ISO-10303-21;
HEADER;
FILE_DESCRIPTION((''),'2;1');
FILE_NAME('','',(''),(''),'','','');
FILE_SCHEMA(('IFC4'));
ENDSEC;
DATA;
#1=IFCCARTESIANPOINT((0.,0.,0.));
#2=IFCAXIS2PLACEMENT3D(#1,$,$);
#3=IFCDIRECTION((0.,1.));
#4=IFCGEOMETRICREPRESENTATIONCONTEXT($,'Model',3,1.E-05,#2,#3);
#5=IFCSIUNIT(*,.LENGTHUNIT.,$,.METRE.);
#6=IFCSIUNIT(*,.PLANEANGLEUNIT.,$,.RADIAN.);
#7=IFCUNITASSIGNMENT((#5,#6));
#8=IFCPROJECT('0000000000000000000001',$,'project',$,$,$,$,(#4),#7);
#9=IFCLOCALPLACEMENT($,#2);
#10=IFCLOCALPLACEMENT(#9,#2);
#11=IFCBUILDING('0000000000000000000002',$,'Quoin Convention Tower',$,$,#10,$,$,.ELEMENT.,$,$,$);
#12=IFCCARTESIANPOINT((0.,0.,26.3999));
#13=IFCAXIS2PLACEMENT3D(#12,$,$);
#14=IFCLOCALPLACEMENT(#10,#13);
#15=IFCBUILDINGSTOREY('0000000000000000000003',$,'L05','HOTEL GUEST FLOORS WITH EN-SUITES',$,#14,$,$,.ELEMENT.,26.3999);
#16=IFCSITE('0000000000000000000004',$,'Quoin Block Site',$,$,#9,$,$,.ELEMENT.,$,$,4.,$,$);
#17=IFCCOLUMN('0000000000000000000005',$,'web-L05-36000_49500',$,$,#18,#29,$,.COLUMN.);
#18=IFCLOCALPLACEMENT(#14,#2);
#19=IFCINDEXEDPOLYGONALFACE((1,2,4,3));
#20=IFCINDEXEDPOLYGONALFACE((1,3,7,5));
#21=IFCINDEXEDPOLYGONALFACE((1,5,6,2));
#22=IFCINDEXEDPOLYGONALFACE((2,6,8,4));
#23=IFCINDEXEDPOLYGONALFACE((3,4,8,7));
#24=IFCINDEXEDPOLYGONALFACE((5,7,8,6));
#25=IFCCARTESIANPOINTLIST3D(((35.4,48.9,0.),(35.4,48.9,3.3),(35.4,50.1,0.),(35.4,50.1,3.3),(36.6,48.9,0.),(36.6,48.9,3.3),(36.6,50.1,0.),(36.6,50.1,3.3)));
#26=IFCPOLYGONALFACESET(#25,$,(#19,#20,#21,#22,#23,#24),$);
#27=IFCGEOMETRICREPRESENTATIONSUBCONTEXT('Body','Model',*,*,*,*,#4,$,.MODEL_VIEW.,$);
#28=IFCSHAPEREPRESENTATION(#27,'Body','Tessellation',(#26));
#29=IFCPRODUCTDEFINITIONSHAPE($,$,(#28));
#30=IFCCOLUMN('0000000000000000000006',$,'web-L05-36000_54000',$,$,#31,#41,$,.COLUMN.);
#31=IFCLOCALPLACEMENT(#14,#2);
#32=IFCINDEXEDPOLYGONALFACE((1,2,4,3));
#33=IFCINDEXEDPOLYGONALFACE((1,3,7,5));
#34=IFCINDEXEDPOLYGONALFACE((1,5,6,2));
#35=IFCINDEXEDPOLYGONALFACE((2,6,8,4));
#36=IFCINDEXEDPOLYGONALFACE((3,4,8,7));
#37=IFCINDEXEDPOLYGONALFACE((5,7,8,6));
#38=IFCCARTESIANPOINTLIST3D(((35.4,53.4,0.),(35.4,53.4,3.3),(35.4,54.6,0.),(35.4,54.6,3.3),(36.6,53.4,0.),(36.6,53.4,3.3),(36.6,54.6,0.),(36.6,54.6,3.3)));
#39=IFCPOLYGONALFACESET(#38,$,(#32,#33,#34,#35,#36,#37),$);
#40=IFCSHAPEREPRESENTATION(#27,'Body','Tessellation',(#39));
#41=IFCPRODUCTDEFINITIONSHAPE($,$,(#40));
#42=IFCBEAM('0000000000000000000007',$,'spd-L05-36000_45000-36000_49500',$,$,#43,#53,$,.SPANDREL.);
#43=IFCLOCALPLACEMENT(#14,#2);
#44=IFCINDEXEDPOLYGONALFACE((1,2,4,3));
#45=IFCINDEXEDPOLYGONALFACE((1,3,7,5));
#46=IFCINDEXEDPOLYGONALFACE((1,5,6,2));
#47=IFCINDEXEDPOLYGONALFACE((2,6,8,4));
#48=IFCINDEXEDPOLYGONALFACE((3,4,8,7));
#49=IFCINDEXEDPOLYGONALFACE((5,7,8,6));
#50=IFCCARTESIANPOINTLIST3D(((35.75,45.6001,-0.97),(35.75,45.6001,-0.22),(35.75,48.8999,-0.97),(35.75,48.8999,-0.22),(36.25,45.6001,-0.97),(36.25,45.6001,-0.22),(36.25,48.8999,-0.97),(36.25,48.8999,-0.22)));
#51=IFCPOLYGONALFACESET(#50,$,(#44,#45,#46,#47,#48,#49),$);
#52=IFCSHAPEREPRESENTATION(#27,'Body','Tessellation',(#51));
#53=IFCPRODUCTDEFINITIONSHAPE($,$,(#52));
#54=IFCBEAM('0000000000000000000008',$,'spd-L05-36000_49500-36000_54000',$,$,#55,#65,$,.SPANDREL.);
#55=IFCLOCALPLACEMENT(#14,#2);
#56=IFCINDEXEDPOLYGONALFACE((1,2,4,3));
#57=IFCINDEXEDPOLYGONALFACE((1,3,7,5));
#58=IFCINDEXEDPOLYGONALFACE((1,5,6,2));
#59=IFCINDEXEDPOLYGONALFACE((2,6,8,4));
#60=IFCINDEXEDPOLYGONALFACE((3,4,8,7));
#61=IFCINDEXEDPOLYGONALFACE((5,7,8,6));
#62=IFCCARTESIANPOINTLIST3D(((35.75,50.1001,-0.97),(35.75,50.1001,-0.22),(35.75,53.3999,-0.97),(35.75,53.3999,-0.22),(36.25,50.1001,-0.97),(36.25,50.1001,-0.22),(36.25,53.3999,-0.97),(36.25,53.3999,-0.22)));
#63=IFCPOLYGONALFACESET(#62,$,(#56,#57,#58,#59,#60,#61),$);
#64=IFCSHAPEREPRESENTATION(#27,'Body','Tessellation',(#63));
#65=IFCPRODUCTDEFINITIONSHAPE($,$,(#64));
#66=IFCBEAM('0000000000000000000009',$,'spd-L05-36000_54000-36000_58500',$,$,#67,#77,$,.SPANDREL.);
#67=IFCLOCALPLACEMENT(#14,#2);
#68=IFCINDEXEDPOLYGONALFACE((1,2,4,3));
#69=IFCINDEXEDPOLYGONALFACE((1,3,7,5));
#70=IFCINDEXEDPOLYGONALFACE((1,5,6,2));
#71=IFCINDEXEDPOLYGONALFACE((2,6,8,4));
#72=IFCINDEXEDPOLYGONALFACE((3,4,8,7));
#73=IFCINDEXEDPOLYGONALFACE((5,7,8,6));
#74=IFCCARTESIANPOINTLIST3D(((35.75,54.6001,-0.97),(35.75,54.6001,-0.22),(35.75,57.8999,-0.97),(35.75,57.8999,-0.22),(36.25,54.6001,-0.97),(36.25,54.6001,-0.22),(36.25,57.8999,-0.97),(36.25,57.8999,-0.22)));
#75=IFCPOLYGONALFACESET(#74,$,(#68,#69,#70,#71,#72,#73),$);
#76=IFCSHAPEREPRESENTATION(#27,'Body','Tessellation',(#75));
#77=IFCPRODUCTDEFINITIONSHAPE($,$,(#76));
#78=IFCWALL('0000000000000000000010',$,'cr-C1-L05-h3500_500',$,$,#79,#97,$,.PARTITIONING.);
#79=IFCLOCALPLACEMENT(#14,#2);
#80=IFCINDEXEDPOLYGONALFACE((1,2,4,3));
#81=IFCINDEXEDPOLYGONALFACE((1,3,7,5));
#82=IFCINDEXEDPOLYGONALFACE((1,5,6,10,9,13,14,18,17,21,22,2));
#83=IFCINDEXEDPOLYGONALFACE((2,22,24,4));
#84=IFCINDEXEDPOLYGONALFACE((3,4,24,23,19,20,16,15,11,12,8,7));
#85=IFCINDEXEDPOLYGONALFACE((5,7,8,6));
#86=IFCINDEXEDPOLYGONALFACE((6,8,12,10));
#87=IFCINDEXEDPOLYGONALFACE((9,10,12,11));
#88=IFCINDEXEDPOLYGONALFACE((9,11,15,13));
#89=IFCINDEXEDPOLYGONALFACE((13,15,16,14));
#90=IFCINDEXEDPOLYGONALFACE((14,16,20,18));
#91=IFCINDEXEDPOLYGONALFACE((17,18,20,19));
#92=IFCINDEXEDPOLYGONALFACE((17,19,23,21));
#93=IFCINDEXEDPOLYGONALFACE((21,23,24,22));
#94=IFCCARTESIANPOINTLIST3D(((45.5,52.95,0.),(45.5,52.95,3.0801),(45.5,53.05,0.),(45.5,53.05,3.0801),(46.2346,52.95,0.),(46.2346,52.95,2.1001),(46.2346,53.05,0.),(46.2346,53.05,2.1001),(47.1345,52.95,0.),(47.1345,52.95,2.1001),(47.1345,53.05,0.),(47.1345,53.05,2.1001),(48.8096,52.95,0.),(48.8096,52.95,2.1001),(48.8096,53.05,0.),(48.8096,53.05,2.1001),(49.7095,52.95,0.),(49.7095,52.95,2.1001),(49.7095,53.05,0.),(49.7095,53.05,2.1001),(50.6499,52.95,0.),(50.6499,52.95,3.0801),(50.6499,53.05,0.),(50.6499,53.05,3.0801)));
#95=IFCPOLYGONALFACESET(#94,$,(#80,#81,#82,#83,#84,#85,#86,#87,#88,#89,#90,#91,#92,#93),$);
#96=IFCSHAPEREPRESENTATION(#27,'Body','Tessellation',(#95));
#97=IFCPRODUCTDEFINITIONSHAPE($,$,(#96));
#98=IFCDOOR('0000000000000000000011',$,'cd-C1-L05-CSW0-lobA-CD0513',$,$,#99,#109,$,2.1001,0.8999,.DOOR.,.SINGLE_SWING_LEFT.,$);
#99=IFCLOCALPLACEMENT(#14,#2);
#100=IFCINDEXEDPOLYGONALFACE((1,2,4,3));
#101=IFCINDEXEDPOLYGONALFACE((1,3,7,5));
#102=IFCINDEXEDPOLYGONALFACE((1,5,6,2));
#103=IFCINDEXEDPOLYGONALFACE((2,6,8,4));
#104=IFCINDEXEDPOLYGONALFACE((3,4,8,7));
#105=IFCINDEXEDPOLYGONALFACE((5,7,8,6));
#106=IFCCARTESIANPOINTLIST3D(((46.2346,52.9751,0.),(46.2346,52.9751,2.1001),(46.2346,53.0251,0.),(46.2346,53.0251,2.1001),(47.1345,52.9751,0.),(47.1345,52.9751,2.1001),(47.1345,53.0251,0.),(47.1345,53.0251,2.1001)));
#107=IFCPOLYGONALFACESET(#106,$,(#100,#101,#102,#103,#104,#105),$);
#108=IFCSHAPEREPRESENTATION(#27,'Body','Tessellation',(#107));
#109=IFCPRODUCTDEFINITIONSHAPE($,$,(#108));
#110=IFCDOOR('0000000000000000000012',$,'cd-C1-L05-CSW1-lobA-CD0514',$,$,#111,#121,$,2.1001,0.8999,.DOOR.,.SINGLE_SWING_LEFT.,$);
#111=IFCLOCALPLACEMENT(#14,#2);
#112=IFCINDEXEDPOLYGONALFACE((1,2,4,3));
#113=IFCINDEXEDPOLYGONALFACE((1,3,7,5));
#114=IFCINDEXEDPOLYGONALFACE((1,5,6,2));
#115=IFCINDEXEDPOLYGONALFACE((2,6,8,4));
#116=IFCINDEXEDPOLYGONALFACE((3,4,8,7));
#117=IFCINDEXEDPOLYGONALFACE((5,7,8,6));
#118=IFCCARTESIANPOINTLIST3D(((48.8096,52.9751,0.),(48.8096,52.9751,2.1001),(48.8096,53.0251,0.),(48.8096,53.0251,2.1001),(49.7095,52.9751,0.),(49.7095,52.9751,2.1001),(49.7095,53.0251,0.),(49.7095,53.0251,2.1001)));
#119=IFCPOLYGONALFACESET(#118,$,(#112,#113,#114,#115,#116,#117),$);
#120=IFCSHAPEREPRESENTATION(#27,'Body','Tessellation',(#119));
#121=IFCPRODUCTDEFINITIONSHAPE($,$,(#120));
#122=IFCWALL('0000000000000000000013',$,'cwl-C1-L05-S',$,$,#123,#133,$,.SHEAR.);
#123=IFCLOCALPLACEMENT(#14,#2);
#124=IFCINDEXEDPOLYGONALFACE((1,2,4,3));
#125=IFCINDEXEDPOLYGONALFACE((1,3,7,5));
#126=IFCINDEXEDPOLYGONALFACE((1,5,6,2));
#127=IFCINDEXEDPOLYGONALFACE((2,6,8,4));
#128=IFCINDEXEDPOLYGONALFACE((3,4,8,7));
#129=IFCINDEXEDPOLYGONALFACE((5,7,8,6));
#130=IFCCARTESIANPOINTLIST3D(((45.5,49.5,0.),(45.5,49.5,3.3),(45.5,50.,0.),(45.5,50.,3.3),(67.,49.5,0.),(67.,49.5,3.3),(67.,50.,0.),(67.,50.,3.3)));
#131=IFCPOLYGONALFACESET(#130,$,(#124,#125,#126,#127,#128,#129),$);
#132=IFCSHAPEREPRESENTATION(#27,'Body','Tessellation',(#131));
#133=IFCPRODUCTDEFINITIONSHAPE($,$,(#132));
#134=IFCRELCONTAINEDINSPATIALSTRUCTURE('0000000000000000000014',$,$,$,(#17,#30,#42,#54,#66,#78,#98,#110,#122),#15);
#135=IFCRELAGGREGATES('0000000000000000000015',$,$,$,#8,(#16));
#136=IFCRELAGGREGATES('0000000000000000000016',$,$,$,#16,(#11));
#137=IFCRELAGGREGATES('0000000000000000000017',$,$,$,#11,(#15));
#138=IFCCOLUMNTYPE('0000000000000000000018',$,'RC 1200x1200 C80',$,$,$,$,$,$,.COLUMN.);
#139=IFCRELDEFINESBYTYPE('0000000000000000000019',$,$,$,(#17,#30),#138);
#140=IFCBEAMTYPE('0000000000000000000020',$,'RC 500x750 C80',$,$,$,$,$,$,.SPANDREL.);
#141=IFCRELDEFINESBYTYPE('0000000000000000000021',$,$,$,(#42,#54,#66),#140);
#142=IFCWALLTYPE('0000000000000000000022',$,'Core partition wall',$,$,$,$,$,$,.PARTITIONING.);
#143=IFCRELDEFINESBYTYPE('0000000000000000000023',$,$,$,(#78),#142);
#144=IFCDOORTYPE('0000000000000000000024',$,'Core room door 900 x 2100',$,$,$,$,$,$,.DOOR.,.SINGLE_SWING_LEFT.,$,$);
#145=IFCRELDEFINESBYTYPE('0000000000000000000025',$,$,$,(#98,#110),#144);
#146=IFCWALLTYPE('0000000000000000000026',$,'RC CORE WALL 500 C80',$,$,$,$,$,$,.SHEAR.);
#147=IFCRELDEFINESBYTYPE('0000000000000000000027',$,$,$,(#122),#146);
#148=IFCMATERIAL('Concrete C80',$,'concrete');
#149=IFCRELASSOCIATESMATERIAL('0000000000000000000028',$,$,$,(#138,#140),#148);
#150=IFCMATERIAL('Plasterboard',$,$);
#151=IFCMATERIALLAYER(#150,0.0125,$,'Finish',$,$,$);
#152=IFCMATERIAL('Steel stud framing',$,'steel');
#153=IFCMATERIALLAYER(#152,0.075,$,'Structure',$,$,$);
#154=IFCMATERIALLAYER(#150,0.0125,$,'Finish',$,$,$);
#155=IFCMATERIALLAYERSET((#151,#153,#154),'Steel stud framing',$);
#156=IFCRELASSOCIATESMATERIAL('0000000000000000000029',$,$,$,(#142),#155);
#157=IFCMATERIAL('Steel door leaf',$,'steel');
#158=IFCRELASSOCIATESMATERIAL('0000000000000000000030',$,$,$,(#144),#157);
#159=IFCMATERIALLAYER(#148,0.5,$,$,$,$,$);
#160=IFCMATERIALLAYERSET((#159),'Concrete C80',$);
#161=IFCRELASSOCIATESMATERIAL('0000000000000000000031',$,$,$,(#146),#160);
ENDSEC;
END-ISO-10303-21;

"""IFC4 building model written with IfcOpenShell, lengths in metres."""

from ifc_helpers import new_model, si_unit, direction, frame, frame_2d, origin, origin_2d, place, context, subcontext, project, spatial, rectangle, extrude, material, layer, layer_set, material_profile, profile_set, type_object, element, fill, save


model = new_model("IFC4")

# Units and contexts
model_context = context("Model", 3, precision=1e-05, world=origin(), true_north=direction((0.0, 1.0)))
body_context = subcontext(model_context, "Body", "Model", "MODEL_VIEW")
ifc_project = project(units=[si_unit("LENGTHUNIT", "METRE"), si_unit("PLANEANGLEUNIT", "RADIAN")], contexts=[model_context])

# Site, building, storey
site_placement = place(None, origin())
site = spatial("IfcSite", under=ifc_project, at=site_placement, Name="Quoin Block Site", CompositionType="ELEMENT", RefElevation=4.0)
building_placement = place(site_placement, origin())
building = spatial("IfcBuilding", under=site, at=building_placement, Name="Quoin Convention Tower", CompositionType="ELEMENT")
storey_placement = place(building_placement, frame((0.0, 0.0, 26.3999)))
storey = spatial("IfcBuildingStorey", under=building, at=storey_placement, Name="L05", Description="HOTEL GUEST FLOORS WITH EN-SUITES", CompositionType="ELEMENT", Elevation=26.3999)

# Columns
ifc_material_1 = material(Name="Concrete C80", Category="concrete")
ifc_material_profile_1 = material_profile(ifc_material_1, rectangle(XDim=1.2, YDim=1.2, at=origin_2d()), Name="RC 1200x1200")
ifc_profile_set_1 = profile_set([ifc_material_profile_1], Name="Concrete C80")
column_type = type_object("IfcColumnType", Name="RC 1200x1200 C80", PredefinedType="COLUMN", material=ifc_profile_set_1)
for number, where, z_axis, x_axis, name in (
    (1, (36.0, 49.5, 0.0), (0.0, 0.0, 1.0), (1.0, 0.0, 0.0), "web-L05-36000_49500"),
    (2, (36.0, 54.0, 0.0), (0.0, 0.0, 1.0), (1.0, 0.0, 0.0), "web-L05-36000_54000"),
):
    element("IfcColumn", number, at=place(storey_placement, frame(where, z_axis=z_axis, x_axis=x_axis)), inside=storey, type_object=column_type, Name=name, PredefinedType="COLUMN", context=body_context, shape_type="SweptSolid", body=[
        extrude(rectangle(XDim=1.2, YDim=1.2, at=origin_2d()), origin(), (0.0, 0.0, 1.0), 3.3),
    ])

# Beams
ifc_material_profile_2 = material_profile(ifc_material_1, rectangle(XDim=0.5, YDim=0.75, at=origin_2d()), Name="RC 500x750")
ifc_profile_set_2 = profile_set([ifc_material_profile_2], Name="Concrete C80")
beam_type = type_object("IfcBeamType", Name="RC 500x750 C80", PredefinedType="SPANDREL", material=ifc_profile_set_2)
for number, where, z_axis, x_axis, name in (
    (3, (36.0, 45.6001, -0.595), (0.0, 1.0, 0.0), (-1.0, 0.0, 0.0), "spd-L05-36000_45000-36000_49500"),
    (4, (36.0, 50.1001, -0.595), (0.0, 1.0, 0.0), (-1.0, 0.0, 0.0), "spd-L05-36000_49500-36000_54000"),
    (5, (36.0, 54.6001, -0.595), (0.0, 1.0, 0.0), (-1.0, 0.0, 0.0), "spd-L05-36000_54000-36000_58500"),
):
    element("IfcBeam", number, at=place(storey_placement, frame(where, z_axis=z_axis, x_axis=x_axis)), inside=storey, type_object=beam_type, Name=name, PredefinedType="SPANDREL", context=body_context, shape_type="SweptSolid", body=[
        extrude(rectangle(XDim=0.5, YDim=0.75, at=origin_2d()), origin(), (0.0, 0.0, 1.0), 3.2998),
    ])

# Wall, openings, doors
ifc_material_2 = material(Name="Plasterboard")
ifc_layer_1 = layer(ifc_material_2, 0.0125, Name="Finish")
ifc_material_3 = material(Name="Steel stud framing", Category="steel")
ifc_layer_2 = layer(ifc_material_3, 0.075, Name="Structure")
ifc_layer_3 = layer(ifc_material_2, 0.0125, Name="Finish")
ifc_layer_set_1 = layer_set([ifc_layer_1, ifc_layer_2, ifc_layer_3], Name="Steel stud framing")
wall_type_1 = type_object("IfcWallType", Name="Core partition wall", PredefinedType="PARTITIONING", material=ifc_layer_set_1)
wall_1_placement = place(storey_placement, frame((45.5, 53.0, 0.0), z_axis=(0.0, 0.0, 1.0), x_axis=(1.0, 0.0, 0.0)))
wall_1 = element("IfcWall", 6, at=wall_1_placement, inside=storey, type_object=wall_type_1, Name="cr-C1-L05-h3500_500", PredefinedType="PARTITIONING", context=body_context, shape_type="SweptSolid", body=[
    extrude(rectangle(XDim=5.1499, YDim=0.1001, at=frame_2d((2.575, 0.0))), origin(), (0.0, 0.0, 1.0), 3.0801),
])
opening_1_placement = place(wall_1_placement, frame((0.7346, 0.0, 0.0)))
opening_1 = element("IfcOpeningElement", 7, at=opening_1_placement, cuts=wall_1, PredefinedType="OPENING", context=body_context, shape_type="SweptSolid", body=[
    extrude(rectangle(XDim=0.8999, YDim=2.1001, at=frame_2d((0.45, 1.05))), frame((0.0, 0.0601, 0.0), z_axis=(0.0, -1.0, 0.0), x_axis=(1.0, 0.0, 0.0)), (0.0, 0.0, 1.0), 0.1201),
])
opening_2_placement = place(wall_1_placement, frame((3.3096, 0.0, 0.0)))
opening_2 = element("IfcOpeningElement", 8, at=opening_2_placement, cuts=wall_1, PredefinedType="OPENING", context=body_context, shape_type="SweptSolid", body=[
    extrude(rectangle(XDim=0.8999, YDim=2.1001, at=frame_2d((0.45, 1.05))), frame((0.0, 0.0601, 0.0), z_axis=(0.0, -1.0, 0.0), x_axis=(1.0, 0.0, 0.0)), (0.0, 0.0, 1.0), 0.1201),
])
ifc_material_4 = material(Name="Steel door leaf", Category="steel")
door_type_1 = type_object("IfcDoorType", Name="Core room door 900 x 2100", OperationType="SINGLE_SWING_LEFT", PredefinedType="DOOR", material=ifc_material_4)
door_1_placement = place(opening_1_placement, frame((0.8999, 0.0, 0.0), z_axis=(0.0, 0.0, 1.0), x_axis=(-1.0, 0.0, 0.0)))
door_1 = element("IfcDoor", 9, at=door_1_placement, inside=storey, type_object=door_type_1, Name="cd-C1-L05-CSW0-lobA-CD0513", OperationType="SINGLE_SWING_LEFT", OverallHeight=2.1001, OverallWidth=0.8999, PredefinedType="DOOR", context=body_context, shape_type="SweptSolid", body=[
    extrude(rectangle(XDim=0.8999, YDim=2.1001, at=frame_2d((0.45, 1.05))), frame((0.0, 0.0249, 0.0), z_axis=(0.0, -1.0, 0.0), x_axis=(1.0, 0.0, 0.0)), (0.0, 0.0, 1.0), 0.05),
])
fill(opening_1, door_1)
door_2_placement = place(opening_2_placement, frame((0.8999, 0.0, 0.0), z_axis=(0.0, 0.0, 1.0), x_axis=(-1.0, 0.0, 0.0)))
door_2 = element("IfcDoor", 10, at=door_2_placement, inside=storey, type_object=door_type_1, Name="cd-C1-L05-CSW1-lobA-CD0514", OperationType="SINGLE_SWING_LEFT", OverallHeight=2.1001, OverallWidth=0.8999, PredefinedType="DOOR", context=body_context, shape_type="SweptSolid", body=[
    extrude(rectangle(XDim=0.8999, YDim=2.1001, at=frame_2d((0.45, 1.05))), frame((0.0, 0.0249, 0.0), z_axis=(0.0, -1.0, 0.0), x_axis=(1.0, 0.0, 0.0)), (0.0, 0.0, 1.0), 0.05),
])
fill(opening_2, door_2)

# Wall
ifc_layer_4 = layer(ifc_material_1, 0.5)
ifc_layer_set_2 = layer_set([ifc_layer_4], Name="Concrete C80")
wall_type_2 = type_object("IfcWallType", Name="RC CORE WALL 500 C80", PredefinedType="SHEAR", material=ifc_layer_set_2)
wall_2_placement = place(storey_placement, frame((45.5, 49.75, 0.0), z_axis=(0.0, 0.0, 1.0), x_axis=(1.0, 0.0, 0.0)))
element("IfcWall", 11, at=wall_2_placement, inside=storey, type_object=wall_type_2, Name="cwl-C1-L05-S", PredefinedType="SHEAR", context=body_context, shape_type="SweptSolid", body=[
    extrude(rectangle(XDim=21.5, YDim=0.5, at=frame_2d((10.75, 0.0))), origin(), (0.0, 0.0, 1.0), 3.3),
])

save(model, "model.ifc")
